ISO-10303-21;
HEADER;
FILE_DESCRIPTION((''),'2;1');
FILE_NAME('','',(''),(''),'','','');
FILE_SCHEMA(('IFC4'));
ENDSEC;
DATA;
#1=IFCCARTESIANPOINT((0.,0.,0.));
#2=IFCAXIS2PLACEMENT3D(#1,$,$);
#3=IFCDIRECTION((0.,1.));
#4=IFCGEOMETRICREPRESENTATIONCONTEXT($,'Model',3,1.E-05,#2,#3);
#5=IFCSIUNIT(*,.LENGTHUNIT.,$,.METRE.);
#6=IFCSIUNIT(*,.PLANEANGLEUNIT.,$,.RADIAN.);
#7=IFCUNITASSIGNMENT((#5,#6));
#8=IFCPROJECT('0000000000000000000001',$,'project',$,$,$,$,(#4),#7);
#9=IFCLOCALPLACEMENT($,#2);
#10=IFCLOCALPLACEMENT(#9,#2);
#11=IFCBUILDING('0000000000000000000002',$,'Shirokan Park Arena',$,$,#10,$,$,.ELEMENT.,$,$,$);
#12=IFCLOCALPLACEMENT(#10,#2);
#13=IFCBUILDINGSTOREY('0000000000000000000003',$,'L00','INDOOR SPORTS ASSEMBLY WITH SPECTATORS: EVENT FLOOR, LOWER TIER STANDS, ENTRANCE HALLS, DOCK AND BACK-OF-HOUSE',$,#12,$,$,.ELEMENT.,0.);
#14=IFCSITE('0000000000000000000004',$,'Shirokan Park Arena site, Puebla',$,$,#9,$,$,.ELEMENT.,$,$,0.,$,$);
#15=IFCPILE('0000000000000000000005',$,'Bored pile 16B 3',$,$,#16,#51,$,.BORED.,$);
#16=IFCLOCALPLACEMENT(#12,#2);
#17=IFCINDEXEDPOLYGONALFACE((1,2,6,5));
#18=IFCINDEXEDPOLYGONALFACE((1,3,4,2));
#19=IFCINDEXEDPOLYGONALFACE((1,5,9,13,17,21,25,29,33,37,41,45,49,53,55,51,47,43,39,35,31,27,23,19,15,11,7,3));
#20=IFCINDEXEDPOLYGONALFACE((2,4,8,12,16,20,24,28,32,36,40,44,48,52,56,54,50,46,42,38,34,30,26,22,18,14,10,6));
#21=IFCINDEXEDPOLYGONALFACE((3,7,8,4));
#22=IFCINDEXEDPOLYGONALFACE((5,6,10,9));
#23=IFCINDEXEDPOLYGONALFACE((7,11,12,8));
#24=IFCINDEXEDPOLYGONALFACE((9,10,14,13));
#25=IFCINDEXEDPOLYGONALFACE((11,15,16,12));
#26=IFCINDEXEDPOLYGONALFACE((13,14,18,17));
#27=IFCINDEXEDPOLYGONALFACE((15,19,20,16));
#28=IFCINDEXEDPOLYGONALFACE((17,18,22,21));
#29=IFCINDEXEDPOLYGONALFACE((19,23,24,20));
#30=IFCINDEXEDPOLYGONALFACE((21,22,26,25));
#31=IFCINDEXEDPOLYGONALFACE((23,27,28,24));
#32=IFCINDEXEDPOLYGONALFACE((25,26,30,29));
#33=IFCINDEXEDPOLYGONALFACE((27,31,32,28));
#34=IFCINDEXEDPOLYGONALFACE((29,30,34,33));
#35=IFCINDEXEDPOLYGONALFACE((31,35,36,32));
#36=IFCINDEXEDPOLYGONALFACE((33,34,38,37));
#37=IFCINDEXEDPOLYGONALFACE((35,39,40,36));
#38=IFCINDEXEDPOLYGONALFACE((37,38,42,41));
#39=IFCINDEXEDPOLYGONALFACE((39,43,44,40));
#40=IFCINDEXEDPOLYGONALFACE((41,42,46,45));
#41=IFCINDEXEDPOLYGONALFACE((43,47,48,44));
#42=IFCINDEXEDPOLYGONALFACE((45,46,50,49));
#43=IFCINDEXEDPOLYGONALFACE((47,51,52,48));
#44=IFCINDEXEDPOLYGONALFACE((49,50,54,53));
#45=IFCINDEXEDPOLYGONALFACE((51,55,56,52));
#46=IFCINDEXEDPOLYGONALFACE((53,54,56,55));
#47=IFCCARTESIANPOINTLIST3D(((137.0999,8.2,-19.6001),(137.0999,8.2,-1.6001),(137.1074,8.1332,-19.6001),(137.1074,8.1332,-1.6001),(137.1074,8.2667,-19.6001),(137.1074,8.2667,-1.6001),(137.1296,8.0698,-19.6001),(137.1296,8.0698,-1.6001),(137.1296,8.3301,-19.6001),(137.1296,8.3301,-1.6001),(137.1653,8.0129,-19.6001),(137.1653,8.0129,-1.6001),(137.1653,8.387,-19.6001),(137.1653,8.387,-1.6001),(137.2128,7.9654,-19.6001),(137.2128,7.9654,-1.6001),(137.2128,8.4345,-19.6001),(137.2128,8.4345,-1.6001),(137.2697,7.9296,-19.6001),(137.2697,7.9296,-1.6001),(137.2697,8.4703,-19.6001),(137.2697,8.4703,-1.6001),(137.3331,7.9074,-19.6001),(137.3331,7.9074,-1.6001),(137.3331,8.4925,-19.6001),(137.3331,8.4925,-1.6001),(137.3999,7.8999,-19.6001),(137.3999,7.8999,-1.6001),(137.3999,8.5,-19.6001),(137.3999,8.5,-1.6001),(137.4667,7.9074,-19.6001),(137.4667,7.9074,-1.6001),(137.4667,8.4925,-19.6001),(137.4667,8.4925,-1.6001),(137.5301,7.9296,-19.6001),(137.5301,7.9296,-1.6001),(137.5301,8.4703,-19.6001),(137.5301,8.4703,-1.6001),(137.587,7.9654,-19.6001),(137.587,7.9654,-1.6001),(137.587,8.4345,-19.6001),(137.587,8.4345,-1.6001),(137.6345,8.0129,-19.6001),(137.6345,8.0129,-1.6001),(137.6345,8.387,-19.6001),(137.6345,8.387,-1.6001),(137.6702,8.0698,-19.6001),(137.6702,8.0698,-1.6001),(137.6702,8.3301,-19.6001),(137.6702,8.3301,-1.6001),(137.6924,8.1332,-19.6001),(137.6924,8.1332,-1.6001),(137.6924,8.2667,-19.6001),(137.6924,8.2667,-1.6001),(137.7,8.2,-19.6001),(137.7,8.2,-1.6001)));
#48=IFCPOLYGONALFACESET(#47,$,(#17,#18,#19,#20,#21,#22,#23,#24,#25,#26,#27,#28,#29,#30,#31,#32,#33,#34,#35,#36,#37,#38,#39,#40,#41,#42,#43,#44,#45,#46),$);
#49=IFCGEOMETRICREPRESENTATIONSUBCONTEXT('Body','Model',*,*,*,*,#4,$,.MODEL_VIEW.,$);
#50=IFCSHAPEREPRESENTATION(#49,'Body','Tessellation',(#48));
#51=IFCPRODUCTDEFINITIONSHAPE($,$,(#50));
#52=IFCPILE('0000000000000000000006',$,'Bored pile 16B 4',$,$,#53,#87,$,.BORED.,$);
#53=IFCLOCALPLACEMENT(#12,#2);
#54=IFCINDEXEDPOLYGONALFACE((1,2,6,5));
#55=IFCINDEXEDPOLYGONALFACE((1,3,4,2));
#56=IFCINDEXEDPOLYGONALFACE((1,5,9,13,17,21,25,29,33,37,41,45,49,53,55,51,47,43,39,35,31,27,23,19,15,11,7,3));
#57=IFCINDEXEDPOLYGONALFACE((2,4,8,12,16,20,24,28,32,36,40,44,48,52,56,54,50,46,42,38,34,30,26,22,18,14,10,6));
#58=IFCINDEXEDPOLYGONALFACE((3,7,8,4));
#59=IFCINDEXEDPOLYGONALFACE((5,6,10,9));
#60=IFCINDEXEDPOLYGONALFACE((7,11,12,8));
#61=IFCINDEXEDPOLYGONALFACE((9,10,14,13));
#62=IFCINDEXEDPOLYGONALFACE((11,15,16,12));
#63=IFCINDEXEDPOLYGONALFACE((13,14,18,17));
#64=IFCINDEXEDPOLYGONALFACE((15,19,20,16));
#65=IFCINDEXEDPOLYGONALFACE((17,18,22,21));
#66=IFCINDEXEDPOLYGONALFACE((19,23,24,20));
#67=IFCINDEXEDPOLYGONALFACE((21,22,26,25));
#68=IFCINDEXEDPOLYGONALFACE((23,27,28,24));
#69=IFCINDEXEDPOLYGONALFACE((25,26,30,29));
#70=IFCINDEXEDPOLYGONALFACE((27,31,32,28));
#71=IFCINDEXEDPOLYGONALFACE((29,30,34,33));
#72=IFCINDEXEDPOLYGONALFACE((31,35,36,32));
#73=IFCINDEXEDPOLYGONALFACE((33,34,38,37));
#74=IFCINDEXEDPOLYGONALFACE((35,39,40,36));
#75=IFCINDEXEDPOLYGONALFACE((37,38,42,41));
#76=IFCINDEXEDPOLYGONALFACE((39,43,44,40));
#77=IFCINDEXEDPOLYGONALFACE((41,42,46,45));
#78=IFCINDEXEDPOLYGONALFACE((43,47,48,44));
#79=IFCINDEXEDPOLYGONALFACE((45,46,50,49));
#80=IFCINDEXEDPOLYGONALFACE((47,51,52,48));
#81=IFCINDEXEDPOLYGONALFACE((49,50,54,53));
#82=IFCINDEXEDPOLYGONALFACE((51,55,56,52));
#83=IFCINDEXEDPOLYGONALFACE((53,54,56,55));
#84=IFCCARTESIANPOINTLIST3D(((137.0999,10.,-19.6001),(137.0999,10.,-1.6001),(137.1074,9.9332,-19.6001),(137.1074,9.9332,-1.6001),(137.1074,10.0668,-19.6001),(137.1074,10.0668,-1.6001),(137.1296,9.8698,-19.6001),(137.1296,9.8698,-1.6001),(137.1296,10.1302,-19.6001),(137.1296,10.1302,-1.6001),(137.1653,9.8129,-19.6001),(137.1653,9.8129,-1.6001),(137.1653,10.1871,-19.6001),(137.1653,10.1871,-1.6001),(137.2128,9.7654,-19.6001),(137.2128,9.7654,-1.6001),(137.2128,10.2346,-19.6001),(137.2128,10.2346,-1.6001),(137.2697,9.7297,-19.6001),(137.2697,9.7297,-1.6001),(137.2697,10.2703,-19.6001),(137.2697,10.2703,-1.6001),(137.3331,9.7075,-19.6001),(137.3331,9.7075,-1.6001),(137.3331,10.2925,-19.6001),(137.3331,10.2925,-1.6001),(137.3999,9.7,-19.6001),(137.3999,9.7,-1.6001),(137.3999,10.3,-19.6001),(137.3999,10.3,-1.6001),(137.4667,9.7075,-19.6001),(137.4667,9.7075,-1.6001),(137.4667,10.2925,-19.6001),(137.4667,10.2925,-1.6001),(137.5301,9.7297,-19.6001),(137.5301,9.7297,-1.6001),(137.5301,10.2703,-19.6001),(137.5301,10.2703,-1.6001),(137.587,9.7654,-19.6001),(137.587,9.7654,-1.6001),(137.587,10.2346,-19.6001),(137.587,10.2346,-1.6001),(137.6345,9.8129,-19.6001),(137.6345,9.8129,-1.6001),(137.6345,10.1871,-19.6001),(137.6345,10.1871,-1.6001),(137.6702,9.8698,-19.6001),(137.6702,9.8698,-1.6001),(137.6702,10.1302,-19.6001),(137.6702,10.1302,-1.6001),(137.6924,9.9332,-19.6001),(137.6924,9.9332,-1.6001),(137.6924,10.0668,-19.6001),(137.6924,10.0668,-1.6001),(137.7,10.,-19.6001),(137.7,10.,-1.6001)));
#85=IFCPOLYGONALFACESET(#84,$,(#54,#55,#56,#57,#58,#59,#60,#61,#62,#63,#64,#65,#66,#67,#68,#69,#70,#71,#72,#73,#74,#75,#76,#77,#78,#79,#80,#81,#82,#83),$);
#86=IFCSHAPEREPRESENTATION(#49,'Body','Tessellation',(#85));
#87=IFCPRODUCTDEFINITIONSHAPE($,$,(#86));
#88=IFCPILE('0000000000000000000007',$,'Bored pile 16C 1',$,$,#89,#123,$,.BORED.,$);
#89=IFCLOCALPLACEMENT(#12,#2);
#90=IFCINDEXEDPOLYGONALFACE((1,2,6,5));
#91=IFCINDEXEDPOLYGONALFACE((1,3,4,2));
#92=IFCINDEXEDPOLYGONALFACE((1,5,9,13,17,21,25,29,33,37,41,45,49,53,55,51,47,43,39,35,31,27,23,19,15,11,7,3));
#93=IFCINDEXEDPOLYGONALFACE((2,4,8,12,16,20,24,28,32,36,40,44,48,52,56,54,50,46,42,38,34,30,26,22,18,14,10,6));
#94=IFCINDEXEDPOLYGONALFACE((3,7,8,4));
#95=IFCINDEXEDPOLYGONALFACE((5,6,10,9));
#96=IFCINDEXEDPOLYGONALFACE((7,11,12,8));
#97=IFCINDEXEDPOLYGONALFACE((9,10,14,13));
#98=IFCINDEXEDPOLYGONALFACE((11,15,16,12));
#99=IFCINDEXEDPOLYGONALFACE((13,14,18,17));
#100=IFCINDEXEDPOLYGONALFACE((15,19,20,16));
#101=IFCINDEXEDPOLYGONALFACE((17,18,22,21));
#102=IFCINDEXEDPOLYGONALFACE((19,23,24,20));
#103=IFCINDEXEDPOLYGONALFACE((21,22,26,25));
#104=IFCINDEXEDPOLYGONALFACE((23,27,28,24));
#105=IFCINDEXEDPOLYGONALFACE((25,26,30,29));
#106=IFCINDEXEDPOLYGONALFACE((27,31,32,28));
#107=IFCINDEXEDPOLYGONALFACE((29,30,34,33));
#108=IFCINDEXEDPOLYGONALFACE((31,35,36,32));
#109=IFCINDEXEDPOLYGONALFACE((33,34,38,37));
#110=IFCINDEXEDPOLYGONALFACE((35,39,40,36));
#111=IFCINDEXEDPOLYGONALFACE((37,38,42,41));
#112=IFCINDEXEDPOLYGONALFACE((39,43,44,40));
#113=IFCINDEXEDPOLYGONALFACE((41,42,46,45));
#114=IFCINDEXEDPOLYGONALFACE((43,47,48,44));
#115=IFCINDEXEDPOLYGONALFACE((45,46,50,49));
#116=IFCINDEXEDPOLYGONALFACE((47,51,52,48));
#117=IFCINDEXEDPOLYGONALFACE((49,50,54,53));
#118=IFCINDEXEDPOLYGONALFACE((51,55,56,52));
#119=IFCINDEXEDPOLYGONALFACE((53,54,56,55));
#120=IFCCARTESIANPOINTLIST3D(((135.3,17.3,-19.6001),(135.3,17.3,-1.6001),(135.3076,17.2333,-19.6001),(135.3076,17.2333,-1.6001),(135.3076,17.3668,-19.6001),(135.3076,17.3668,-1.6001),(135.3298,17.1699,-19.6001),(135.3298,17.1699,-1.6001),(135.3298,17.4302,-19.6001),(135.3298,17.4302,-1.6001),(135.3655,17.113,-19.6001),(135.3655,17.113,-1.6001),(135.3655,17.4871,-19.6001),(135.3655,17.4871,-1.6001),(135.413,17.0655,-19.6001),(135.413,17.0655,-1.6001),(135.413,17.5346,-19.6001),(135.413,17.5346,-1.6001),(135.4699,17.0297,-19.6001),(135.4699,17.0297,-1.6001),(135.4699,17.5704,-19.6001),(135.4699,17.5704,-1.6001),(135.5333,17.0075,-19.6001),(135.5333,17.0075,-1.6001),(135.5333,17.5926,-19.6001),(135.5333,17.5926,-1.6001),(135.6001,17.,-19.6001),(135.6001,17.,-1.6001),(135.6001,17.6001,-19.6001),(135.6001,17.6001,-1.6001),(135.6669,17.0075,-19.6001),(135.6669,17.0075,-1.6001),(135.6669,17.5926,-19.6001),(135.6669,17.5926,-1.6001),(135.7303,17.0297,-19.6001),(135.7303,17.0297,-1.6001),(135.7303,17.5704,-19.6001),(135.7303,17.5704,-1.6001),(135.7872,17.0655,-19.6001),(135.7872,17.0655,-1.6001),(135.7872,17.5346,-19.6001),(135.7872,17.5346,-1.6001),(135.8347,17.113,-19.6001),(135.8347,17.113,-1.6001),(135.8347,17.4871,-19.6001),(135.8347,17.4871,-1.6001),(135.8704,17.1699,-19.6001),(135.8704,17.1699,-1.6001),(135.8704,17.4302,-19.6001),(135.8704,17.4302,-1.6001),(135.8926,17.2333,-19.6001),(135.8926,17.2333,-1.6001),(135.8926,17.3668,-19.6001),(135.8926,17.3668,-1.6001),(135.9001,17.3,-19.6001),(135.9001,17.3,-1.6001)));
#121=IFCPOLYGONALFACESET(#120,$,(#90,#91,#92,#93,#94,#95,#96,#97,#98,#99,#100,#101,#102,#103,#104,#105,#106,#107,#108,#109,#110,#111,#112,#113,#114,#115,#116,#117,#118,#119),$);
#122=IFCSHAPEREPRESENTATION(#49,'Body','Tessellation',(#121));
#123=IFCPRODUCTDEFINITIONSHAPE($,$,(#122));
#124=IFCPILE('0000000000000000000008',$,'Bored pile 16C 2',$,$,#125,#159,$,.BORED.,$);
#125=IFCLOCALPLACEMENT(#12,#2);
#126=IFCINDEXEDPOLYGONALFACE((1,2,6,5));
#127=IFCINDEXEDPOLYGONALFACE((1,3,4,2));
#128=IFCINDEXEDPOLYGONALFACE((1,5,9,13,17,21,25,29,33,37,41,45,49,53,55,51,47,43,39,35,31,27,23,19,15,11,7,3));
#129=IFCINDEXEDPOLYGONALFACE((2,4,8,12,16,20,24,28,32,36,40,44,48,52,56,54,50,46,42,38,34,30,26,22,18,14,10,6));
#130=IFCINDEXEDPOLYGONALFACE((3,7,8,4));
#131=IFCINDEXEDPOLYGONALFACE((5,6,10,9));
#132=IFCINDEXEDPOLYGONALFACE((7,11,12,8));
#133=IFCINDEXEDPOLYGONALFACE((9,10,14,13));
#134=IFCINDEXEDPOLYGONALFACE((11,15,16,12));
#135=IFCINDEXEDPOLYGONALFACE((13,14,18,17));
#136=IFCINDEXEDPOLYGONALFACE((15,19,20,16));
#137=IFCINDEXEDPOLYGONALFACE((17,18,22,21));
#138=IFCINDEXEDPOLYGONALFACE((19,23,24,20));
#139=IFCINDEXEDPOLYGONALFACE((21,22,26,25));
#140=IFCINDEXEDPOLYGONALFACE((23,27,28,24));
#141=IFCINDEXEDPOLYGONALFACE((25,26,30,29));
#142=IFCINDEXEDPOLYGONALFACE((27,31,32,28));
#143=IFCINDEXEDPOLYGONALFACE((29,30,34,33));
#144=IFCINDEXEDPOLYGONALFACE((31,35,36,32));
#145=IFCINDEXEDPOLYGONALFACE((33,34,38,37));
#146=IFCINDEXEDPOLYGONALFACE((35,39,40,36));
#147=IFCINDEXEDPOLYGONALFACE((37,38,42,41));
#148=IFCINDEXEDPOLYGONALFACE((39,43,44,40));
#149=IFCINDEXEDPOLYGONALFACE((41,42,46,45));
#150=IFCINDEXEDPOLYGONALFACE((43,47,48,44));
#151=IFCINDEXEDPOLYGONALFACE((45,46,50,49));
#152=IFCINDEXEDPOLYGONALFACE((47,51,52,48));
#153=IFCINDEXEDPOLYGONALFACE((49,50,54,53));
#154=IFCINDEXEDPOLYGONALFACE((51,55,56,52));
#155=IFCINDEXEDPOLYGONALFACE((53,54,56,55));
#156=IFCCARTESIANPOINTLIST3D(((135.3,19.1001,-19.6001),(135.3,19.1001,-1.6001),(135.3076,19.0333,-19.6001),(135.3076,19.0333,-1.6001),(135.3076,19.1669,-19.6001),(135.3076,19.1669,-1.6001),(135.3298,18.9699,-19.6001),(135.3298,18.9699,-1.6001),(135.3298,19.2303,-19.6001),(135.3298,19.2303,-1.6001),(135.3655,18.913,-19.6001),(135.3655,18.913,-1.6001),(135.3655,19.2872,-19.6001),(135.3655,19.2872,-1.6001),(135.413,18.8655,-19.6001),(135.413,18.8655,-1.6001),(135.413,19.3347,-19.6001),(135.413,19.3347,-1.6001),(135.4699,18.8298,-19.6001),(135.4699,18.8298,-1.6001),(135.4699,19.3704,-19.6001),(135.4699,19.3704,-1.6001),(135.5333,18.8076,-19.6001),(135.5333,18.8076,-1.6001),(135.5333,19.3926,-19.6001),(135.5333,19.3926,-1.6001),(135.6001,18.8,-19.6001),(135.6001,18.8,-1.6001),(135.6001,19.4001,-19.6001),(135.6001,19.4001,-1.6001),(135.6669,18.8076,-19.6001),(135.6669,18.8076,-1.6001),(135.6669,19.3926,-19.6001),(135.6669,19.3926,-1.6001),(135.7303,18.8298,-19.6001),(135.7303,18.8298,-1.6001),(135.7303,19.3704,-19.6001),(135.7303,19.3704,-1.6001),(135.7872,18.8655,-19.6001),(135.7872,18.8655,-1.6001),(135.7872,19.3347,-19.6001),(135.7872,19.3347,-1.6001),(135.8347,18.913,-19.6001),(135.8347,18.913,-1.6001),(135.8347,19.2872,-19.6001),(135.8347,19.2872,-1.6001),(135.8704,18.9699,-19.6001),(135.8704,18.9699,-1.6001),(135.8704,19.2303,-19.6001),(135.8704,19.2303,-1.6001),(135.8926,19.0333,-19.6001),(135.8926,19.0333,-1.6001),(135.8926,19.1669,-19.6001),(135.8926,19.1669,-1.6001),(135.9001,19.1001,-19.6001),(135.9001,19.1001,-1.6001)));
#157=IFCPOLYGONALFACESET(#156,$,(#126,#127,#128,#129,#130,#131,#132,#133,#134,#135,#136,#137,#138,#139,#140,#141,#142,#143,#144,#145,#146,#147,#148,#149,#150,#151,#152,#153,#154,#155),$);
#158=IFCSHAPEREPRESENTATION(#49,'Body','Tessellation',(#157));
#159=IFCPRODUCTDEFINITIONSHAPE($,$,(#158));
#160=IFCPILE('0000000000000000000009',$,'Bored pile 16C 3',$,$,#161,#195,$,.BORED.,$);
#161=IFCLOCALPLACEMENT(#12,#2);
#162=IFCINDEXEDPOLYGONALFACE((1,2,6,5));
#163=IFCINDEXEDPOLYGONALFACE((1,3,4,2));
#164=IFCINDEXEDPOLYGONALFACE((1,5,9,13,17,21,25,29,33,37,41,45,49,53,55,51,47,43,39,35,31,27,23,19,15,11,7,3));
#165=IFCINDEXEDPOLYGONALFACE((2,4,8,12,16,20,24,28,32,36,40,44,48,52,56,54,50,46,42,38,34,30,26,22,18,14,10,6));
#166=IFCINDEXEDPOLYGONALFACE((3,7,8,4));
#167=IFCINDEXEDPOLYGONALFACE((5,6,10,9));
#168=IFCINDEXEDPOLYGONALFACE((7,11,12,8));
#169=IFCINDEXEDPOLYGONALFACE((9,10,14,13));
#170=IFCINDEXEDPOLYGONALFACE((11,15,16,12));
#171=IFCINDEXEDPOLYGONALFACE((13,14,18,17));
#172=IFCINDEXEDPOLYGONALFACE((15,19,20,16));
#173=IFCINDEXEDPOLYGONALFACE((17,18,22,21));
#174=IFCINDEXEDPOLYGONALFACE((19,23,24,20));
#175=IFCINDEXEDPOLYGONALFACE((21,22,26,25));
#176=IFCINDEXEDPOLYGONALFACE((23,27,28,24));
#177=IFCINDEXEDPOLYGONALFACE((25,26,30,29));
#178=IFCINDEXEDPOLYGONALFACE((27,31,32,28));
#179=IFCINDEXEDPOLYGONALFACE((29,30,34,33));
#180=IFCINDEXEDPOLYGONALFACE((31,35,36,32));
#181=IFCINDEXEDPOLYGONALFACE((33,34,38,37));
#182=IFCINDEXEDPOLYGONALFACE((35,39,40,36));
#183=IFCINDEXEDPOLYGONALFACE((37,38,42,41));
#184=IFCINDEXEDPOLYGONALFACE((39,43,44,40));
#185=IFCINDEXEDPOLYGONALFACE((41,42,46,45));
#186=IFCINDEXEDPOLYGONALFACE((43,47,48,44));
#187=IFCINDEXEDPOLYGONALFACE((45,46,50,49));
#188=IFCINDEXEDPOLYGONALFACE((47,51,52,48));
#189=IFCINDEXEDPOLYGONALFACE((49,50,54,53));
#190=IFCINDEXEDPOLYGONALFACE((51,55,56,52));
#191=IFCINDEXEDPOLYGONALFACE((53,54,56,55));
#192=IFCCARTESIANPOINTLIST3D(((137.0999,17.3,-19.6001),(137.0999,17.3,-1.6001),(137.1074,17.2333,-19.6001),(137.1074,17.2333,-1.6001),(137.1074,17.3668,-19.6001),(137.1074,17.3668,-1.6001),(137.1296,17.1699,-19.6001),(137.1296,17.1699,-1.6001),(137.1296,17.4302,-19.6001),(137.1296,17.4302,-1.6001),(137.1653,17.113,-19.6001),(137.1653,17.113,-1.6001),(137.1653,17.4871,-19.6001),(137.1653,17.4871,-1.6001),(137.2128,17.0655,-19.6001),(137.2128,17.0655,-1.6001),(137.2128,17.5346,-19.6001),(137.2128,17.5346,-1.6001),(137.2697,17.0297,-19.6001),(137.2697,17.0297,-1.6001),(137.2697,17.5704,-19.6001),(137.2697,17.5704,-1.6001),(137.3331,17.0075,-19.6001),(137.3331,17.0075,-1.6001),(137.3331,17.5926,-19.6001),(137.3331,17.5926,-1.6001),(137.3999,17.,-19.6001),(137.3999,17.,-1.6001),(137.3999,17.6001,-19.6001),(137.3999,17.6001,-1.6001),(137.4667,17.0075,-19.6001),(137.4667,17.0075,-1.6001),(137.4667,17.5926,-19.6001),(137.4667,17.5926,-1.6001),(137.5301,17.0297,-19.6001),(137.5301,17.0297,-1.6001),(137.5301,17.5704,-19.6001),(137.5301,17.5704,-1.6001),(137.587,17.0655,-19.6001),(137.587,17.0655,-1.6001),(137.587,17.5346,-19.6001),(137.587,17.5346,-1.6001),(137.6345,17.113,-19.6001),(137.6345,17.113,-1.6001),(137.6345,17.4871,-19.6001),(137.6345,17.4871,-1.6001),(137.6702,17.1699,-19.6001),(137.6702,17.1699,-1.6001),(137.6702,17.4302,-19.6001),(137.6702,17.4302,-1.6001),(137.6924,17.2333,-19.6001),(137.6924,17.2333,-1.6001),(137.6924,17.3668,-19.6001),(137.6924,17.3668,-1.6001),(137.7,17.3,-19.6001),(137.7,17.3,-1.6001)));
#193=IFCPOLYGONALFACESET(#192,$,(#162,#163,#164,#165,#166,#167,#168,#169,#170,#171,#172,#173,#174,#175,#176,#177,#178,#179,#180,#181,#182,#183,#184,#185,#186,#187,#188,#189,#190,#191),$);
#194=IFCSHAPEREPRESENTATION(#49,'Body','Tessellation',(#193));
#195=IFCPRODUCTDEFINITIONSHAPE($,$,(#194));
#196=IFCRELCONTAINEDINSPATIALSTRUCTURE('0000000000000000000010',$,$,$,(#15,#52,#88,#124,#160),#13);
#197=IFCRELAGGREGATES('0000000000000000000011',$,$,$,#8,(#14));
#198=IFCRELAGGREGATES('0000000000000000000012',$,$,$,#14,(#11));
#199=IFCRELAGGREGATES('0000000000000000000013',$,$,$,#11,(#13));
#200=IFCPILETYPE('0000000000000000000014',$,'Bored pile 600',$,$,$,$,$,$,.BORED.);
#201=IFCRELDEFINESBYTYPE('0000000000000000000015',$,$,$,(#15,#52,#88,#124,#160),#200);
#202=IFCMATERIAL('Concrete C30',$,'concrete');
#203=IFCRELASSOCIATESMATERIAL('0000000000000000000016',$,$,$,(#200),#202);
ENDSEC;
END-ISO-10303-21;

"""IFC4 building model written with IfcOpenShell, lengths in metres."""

from ifc_helpers import new_model, si_unit, direction, frame, origin, origin_2d, place, context, subcontext, project, spatial, circle, extrude, material, material_profile, profile_set, type_object, element, save


model = new_model("IFC4")

# Units and contexts
model_context = context("Model", 3, precision=1e-05, world=origin(), true_north=direction((0.0, 1.0)))
body_context = subcontext(model_context, "Body", "Model", "MODEL_VIEW")
ifc_project = project(units=[si_unit("LENGTHUNIT", "METRE"), si_unit("PLANEANGLEUNIT", "RADIAN")], contexts=[model_context])

# Site, building, storey
site_placement = place(None, origin())
site = spatial("IfcSite", under=ifc_project, at=site_placement, Name="Shirokan Park Arena site, Puebla", CompositionType="ELEMENT", RefElevation=0.0)
building_placement = place(site_placement, origin())
building = spatial("IfcBuilding", under=site, at=building_placement, Name="Shirokan Park Arena", CompositionType="ELEMENT")
storey_placement = place(building_placement, origin())
storey = spatial("IfcBuildingStorey", under=building, at=storey_placement, Name="L00", Description="INDOOR SPORTS ASSEMBLY WITH SPECTATORS: EVENT FLOOR, LOWER TIER STANDS, ENTRANCE HALLS, DOCK AND BACK-OF-HOUSE", CompositionType="ELEMENT", Elevation=0.0)

# Piles
ifc_material_1 = material(Name="Concrete C30", Category="concrete")
ifc_material_profile_1 = material_profile(ifc_material_1, circle(Radius=0.3, at=origin_2d()), Name="D600")
ifc_profile_set_1 = profile_set([ifc_material_profile_1], Name="Concrete C30")
pile_type_1 = type_object("IfcPileType", Name="Bored pile 600", PredefinedType="BORED", material=ifc_profile_set_1)
for number, where, z_axis, x_axis, name in (
    (1, (137.3999, 8.2, -1.6001), (0.0, 0.0, -1.0), (1.0, 0.0, 0.0), "Bored pile 16B 3"),
    (2, (137.3999, 10.0, -1.6001), (0.0, 0.0, -1.0), (1.0, 0.0, 0.0), "Bored pile 16B 4"),
    (3, (135.6001, 17.3, -1.6001), (0.0, 0.0, -1.0), (1.0, 0.0, 0.0), "Bored pile 16C 1"),
    (4, (135.6001, 19.1001, -1.6001), (0.0, 0.0, -1.0), (1.0, 0.0, 0.0), "Bored pile 16C 2"),
    (5, (137.3999, 17.3, -1.6001), (0.0, 0.0, -1.0), (1.0, 0.0, 0.0), "Bored pile 16C 3"),
):
    element("IfcPile", number, at=place(storey_placement, frame(where, z_axis=z_axis, x_axis=x_axis)), inside=storey, type_object=pile_type_1, Name=name, PredefinedType="BORED", context=body_context, shape_type="SweptSolid", body=[
        extrude(circle(Radius=0.3, at=origin_2d()), origin(), (0.0, 0.0, 1.0), 18.0),
    ])

save(model, "model.ifc")
